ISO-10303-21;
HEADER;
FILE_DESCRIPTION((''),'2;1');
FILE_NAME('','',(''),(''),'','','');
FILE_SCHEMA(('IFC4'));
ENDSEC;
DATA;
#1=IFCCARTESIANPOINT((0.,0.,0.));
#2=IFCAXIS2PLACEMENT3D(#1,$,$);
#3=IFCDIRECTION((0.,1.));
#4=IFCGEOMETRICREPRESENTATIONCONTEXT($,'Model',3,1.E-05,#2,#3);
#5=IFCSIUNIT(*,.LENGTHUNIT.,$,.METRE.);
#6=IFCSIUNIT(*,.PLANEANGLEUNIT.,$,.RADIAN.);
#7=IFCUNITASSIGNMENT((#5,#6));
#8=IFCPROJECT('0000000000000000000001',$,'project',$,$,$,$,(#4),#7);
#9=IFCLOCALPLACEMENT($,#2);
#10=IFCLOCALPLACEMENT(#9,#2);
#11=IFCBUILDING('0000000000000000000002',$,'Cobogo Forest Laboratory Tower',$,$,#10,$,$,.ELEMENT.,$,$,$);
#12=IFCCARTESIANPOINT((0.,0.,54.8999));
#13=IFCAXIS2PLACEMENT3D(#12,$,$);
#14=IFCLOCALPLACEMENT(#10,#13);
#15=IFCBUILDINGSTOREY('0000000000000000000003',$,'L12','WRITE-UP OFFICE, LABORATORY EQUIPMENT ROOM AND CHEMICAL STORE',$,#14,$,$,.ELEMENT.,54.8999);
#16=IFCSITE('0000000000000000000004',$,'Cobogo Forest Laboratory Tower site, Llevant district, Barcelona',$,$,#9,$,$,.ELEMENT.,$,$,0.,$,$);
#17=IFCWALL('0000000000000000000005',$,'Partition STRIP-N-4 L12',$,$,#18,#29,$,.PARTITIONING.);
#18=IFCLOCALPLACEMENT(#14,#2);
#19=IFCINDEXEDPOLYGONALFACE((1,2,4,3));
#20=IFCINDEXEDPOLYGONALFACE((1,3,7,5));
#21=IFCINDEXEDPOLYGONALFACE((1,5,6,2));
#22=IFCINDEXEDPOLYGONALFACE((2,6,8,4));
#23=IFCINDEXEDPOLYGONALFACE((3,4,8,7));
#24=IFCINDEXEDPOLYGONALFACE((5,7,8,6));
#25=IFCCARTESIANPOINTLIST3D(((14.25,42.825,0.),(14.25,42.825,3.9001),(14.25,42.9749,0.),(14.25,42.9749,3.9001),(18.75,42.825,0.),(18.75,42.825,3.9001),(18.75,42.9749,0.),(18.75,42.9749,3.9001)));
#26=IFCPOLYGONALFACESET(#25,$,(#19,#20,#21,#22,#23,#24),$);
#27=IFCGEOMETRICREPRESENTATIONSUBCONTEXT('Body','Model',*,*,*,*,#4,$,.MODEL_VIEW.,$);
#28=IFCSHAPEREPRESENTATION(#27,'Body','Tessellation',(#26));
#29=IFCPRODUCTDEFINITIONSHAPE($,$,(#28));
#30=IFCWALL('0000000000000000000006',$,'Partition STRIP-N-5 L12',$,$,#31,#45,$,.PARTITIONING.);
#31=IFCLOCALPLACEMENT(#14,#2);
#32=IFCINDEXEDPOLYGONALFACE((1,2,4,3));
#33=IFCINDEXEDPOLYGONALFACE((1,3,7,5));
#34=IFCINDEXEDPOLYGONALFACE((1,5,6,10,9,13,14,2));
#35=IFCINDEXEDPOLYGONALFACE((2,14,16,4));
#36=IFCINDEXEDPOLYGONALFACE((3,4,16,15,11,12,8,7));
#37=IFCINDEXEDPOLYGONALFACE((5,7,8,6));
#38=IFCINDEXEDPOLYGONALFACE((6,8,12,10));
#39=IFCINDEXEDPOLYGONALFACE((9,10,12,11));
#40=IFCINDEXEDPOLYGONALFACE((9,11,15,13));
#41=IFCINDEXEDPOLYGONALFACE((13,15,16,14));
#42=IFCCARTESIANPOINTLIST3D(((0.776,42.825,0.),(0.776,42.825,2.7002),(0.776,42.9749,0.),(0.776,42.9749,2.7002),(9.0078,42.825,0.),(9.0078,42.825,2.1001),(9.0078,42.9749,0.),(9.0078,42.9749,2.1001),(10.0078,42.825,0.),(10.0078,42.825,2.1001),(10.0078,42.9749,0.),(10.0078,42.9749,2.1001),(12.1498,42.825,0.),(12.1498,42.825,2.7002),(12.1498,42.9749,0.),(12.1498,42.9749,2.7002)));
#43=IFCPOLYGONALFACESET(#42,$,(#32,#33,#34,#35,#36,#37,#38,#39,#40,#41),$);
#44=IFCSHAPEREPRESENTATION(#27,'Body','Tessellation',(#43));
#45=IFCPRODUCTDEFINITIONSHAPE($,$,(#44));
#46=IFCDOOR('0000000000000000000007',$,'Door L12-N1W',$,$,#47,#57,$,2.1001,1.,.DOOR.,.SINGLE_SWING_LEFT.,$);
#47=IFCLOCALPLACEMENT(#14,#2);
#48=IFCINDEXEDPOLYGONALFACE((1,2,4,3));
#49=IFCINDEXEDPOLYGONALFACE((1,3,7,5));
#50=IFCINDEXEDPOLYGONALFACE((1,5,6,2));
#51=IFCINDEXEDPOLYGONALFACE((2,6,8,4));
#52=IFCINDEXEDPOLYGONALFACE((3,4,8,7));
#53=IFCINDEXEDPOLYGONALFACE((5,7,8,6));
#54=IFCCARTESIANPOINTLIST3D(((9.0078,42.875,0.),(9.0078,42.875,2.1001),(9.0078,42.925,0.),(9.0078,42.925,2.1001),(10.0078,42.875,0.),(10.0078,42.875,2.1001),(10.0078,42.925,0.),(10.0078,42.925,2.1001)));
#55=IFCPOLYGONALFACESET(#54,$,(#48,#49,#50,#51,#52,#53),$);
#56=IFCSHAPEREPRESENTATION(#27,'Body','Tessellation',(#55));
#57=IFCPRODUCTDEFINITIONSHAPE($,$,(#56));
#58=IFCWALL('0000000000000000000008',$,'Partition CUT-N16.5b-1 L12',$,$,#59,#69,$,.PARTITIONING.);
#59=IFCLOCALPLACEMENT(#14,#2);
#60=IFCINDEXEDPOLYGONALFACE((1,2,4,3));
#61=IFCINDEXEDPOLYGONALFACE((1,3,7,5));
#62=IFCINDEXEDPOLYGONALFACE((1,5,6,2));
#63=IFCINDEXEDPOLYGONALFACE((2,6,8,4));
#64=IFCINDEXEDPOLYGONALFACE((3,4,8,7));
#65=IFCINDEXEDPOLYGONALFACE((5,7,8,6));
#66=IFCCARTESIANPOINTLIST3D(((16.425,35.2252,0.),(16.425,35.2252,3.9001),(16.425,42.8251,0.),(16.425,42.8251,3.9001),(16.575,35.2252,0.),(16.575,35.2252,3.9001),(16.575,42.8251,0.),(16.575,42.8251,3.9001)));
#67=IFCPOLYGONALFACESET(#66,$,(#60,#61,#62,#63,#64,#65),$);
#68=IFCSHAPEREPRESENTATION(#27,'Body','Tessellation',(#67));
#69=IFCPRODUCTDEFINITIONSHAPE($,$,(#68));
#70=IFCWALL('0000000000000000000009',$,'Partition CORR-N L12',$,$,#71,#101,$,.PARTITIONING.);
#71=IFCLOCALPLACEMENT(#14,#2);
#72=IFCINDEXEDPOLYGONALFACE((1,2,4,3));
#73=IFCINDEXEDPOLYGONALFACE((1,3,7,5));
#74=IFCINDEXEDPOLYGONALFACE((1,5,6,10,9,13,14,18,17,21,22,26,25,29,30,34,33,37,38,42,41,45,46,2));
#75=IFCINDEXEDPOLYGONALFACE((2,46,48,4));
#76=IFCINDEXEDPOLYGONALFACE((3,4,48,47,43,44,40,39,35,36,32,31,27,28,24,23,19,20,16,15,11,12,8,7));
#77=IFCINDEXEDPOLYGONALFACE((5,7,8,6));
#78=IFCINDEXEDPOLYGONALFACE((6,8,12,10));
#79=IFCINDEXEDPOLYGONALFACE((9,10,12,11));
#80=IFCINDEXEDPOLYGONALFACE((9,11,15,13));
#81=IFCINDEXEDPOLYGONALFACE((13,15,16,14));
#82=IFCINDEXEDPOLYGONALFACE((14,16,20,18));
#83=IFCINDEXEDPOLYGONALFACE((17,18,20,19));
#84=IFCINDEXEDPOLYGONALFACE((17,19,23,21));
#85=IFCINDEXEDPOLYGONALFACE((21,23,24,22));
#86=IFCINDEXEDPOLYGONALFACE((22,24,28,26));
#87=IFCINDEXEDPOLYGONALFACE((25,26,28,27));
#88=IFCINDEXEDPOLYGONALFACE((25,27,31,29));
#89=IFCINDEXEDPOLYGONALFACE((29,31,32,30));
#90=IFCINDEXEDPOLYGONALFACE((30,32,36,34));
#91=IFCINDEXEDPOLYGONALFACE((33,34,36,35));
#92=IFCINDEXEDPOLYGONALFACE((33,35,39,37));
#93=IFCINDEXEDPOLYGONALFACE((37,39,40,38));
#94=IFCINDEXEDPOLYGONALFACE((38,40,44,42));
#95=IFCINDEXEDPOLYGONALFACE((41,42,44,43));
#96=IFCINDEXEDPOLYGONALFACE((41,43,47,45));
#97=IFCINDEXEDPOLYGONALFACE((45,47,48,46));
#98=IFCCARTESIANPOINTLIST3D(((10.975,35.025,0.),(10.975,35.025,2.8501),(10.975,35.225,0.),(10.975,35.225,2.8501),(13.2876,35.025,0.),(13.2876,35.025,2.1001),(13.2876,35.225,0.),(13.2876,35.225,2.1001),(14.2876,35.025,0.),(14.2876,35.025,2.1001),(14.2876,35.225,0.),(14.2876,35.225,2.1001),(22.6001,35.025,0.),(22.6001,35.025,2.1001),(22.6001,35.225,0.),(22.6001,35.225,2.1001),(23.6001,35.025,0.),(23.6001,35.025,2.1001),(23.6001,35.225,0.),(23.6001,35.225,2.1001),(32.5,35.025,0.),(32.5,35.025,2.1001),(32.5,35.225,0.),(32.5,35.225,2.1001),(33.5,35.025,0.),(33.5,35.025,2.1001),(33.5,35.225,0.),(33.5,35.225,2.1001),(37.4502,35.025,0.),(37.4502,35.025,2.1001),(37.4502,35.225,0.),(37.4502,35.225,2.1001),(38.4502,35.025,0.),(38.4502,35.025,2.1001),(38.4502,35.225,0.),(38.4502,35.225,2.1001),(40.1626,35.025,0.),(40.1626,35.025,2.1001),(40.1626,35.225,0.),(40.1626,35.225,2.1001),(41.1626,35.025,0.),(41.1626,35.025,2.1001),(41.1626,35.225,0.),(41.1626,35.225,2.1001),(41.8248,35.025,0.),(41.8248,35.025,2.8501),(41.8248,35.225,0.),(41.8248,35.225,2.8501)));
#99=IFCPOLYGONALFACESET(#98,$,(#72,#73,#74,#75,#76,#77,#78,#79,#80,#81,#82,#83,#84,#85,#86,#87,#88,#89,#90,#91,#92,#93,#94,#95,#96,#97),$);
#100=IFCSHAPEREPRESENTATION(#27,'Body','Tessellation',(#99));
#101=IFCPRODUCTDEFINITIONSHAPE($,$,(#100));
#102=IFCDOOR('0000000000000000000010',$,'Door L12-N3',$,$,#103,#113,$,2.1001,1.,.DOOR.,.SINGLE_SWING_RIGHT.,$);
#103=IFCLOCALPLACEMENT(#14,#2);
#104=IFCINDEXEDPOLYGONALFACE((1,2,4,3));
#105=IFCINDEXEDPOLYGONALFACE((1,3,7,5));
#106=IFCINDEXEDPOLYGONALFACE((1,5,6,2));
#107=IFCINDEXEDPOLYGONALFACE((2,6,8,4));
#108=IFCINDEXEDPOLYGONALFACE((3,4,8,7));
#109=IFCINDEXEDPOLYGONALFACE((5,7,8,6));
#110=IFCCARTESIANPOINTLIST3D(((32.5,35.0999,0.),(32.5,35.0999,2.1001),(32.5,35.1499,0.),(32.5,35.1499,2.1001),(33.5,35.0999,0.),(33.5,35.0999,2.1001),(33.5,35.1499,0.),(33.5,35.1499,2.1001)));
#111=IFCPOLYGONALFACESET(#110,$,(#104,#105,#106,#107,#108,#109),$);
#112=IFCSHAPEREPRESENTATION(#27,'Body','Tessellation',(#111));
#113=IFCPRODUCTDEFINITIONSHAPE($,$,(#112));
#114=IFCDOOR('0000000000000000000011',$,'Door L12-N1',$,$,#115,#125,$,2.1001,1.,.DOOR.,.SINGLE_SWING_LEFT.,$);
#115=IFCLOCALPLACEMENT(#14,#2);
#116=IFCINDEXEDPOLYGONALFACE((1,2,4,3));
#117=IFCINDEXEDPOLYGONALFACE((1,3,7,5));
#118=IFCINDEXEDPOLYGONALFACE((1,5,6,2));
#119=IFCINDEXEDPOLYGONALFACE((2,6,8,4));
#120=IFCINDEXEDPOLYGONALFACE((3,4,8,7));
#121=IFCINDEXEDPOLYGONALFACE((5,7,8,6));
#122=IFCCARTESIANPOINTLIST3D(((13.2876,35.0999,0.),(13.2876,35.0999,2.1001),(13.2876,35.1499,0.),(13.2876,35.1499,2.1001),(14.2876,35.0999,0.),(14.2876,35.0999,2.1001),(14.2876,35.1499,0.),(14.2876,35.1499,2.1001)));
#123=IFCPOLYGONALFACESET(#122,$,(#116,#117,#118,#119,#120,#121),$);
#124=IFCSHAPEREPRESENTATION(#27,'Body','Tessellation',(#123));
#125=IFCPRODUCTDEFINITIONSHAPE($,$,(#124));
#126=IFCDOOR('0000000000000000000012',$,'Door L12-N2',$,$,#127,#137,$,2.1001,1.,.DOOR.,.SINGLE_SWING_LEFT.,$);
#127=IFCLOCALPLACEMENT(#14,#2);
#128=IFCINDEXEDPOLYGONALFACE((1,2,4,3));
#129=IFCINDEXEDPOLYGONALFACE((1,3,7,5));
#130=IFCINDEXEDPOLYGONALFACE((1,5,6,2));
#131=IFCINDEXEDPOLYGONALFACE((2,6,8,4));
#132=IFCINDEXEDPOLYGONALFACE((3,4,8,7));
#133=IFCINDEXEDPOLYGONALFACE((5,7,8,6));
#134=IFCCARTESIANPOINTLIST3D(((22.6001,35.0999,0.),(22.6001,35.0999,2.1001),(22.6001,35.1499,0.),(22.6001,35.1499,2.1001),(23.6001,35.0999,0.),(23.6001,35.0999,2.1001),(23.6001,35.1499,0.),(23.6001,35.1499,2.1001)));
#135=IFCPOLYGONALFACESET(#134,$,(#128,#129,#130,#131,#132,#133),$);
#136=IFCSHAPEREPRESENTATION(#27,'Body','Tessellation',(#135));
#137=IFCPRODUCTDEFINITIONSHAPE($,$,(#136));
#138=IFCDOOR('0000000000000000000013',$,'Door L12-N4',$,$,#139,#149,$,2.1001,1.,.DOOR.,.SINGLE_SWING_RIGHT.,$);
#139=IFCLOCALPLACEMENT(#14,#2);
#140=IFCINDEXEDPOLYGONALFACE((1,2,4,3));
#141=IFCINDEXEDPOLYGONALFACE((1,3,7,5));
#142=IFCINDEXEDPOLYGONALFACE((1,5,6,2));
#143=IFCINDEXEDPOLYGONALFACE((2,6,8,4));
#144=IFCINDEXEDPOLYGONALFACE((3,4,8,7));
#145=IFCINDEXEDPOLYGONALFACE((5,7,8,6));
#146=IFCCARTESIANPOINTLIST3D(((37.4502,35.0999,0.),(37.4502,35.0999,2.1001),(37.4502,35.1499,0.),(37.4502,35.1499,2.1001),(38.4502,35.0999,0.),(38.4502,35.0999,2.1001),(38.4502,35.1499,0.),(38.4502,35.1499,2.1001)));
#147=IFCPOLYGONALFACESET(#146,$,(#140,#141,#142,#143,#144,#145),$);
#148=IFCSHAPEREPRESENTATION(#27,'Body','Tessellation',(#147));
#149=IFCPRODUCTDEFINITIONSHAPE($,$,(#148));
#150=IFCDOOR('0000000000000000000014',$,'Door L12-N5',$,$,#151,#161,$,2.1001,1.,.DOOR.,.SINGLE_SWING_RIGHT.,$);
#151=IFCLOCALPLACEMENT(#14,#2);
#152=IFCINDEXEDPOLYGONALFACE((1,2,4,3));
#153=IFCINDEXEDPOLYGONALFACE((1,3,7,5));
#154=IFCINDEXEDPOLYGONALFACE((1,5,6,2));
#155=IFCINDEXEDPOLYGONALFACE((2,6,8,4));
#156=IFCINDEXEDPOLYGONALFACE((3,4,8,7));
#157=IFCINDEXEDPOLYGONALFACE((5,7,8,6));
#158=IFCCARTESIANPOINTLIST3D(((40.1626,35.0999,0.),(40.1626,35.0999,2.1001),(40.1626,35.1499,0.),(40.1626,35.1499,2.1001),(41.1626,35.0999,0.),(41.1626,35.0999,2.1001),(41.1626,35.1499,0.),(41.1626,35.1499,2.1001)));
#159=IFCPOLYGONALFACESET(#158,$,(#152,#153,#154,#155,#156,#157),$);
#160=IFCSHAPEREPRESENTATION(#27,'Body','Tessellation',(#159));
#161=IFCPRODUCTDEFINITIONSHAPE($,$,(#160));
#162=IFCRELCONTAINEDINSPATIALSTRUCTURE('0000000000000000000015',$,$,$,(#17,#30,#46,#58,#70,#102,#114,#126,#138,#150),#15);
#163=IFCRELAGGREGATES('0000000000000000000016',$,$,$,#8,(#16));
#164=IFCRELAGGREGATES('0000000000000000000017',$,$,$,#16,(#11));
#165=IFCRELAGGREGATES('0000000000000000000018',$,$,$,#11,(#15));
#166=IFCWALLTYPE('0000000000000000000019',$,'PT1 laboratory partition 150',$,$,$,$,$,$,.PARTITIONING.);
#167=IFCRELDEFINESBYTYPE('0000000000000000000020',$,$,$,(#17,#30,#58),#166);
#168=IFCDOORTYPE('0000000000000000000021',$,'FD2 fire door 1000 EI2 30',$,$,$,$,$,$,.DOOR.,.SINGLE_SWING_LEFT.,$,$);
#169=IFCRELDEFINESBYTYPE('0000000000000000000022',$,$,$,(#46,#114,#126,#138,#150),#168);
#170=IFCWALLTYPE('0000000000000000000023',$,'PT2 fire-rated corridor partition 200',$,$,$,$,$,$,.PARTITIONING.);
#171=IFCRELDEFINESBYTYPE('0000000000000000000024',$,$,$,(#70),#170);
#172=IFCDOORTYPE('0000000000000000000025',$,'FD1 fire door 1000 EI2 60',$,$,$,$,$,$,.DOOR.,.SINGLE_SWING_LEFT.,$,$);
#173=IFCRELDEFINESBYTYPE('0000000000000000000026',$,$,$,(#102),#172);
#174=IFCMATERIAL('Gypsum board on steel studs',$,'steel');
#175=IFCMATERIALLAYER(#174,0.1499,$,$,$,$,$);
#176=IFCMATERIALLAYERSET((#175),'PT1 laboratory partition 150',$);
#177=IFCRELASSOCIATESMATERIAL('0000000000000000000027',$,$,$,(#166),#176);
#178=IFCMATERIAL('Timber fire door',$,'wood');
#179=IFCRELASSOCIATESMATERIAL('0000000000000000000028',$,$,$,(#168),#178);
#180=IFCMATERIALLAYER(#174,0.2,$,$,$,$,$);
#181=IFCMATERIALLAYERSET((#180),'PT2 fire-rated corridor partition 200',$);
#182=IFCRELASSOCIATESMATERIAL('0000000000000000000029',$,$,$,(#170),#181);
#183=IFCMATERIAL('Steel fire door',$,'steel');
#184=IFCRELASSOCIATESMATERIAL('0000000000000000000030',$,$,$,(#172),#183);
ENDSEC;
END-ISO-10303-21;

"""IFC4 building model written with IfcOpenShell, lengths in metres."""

from ifc_helpers import new_model, si_unit, direction, frame, frame_2d, origin, place, context, subcontext, project, spatial, rectangle, extrude, material, layer, layer_set, type_object, element, fill, save


model = new_model("IFC4")

# Units and contexts
model_context = context("Model", 3, precision=1e-05, world=origin(), true_north=direction((0.0, 1.0)))
body_context = subcontext(model_context, "Body", "Model", "MODEL_VIEW")
ifc_project = project(units=[si_unit("LENGTHUNIT", "METRE"), si_unit("PLANEANGLEUNIT", "RADIAN")], contexts=[model_context])

# Site, building, storey
site_placement = place(None, origin())
site = spatial("IfcSite", under=ifc_project, at=site_placement, Name="Cobogo Forest Laboratory Tower site, Llevant district, Barcelona", CompositionType="ELEMENT", RefElevation=0.0)
building_placement = place(site_placement, origin())
building = spatial("IfcBuilding", under=site, at=building_placement, Name="Cobogo Forest Laboratory Tower", CompositionType="ELEMENT")
storey_placement = place(building_placement, frame((0.0, 0.0, 54.8999)))
storey = spatial("IfcBuildingStorey", under=building, at=storey_placement, Name="L12", Description="WRITE-UP OFFICE, LABORATORY EQUIPMENT ROOM AND CHEMICAL STORE", CompositionType="ELEMENT", Elevation=54.8999)

# Wall
ifc_material_1 = material(Name="Gypsum board on steel studs", Category="steel")
ifc_layer_1 = layer(ifc_material_1, 0.1499)
ifc_layer_set_1 = layer_set([ifc_layer_1], Name="PT1 laboratory partition 150")
wall_type_1 = type_object("IfcWallType", Name="PT1 laboratory partition 150", PredefinedType="PARTITIONING", material=ifc_layer_set_1)
wall_1_placement = place(storey_placement, frame((18.75, 42.8999, 0.0), z_axis=(0.0, 0.0, 1.0), x_axis=(-1.0, 0.0, 0.0)))
element("IfcWall", 1, at=wall_1_placement, inside=storey, type_object=wall_type_1, Name="Partition STRIP-N-4 L12", PredefinedType="PARTITIONING", context=body_context, shape_type="SweptSolid", body=[
    extrude(rectangle(XDim=4.5, YDim=0.1499, at=frame_2d((2.25, 0.0))), origin(), (0.0, 0.0, 1.0), 3.9001),
])

# Wall, opening, door
wall_2_placement = place(storey_placement, frame((12.1499, 42.8999, 0.0), z_axis=(0.0, 0.0, 1.0), x_axis=(-1.0, 0.0, 0.0)))
wall_2 = element("IfcWall", 2, at=wall_2_placement, inside=storey, type_object=wall_type_1, Name="Partition STRIP-N-5 L12", PredefinedType="PARTITIONING", context=body_context, shape_type="SweptSolid", body=[
    extrude(rectangle(XDim=11.3738, YDim=0.1499, at=frame_2d((5.687, 0.0))), origin(), (0.0, 0.0, 1.0), 2.7002),
])
opening_1_placement = place(wall_2_placement, frame((2.1421, 0.0, 0.0)))
opening_1 = element("IfcOpeningElement", 3, at=opening_1_placement, cuts=wall_2, PredefinedType="OPENING", context=body_context, shape_type="SweptSolid", body=[
    extrude(rectangle(XDim=1.0, YDim=2.1001, at=frame_2d((0.5, 1.05))), frame((0.0, 0.085, 0.0), z_axis=(0.0, -1.0, 0.0), x_axis=(1.0, 0.0, 0.0)), (0.0, 0.0, 1.0), 0.1699),
])
ifc_material_2 = material(Name="Timber fire door", Category="wood")
door_type_1 = type_object("IfcDoorType", Name="FD2 fire door 1000 EI2 30", OperationType="SINGLE_SWING_LEFT", PredefinedType="DOOR", material=ifc_material_2)
door_1_placement = place(opening_1_placement, origin())
door_1 = element("IfcDoor", 4, at=door_1_placement, inside=storey, type_object=door_type_1, Name="Door L12-N1W", OperationType="SINGLE_SWING_LEFT", OverallHeight=2.1001, OverallWidth=1.0, PredefinedType="DOOR", context=body_context, shape_type="SweptSolid", body=[
    extrude(rectangle(XDim=1.0, YDim=2.1001, at=frame_2d((0.5, 1.05))), frame((0.0, 0.0249, 0.0), z_axis=(0.0, -1.0, 0.0), x_axis=(1.0, 0.0, 0.0)), (0.0, 0.0, 1.0), 0.05),
])
fill(opening_1, door_1)

# Wall
wall_3_placement = place(storey_placement, frame((16.5, 42.825, 0.0), z_axis=(0.0, 0.0, 1.0), x_axis=(0.0, -1.0, 0.0)))
element("IfcWall", 5, at=wall_3_placement, inside=storey, type_object=wall_type_1, Name="Partition CUT-N16.5b-1 L12", PredefinedType="PARTITIONING", context=body_context, shape_type="SweptSolid", body=[
    extrude(rectangle(XDim=7.5999, YDim=0.1499, at=frame_2d((3.7998, 0.0))), origin(), (0.0, 0.0, 1.0), 3.9001),
])

# Wall, openings, doors
ifc_layer_2 = layer(ifc_material_1, 0.2)
ifc_layer_set_2 = layer_set([ifc_layer_2], Name="PT2 fire-rated corridor partition 200")
wall_type_2 = type_object("IfcWallType", Name="PT2 fire-rated corridor partition 200", PredefinedType="PARTITIONING", material=ifc_layer_set_2)
wall_4_placement = place(storey_placement, frame((10.9751, 35.125, 0.0), z_axis=(0.0, 0.0, 1.0), x_axis=(1.0, 0.0, 0.0)))
wall_4 = element("IfcWall", 6, at=wall_4_placement, inside=storey, type_object=wall_type_2, Name="Partition CORR-N L12", PredefinedType="PARTITIONING", context=body_context, shape_type="SweptSolid", body=[
    extrude(rectangle(XDim=30.8499, YDim=0.2, at=frame_2d((15.4248, 0.0))), origin(), (0.0, 0.0, 1.0), 2.8501),
])
opening_2_placement = place(wall_4_placement, frame((2.3125, 0.0, 0.0)))
opening_2 = element("IfcOpeningElement", 7, at=opening_2_placement, cuts=wall_4, PredefinedType="OPENING", context=body_context, shape_type="SweptSolid", body=[
    extrude(rectangle(XDim=1.0, YDim=2.1001, at=frame_2d((0.5, 1.05))), frame((0.0, 0.1099, 0.0), z_axis=(0.0, -1.0, 0.0), x_axis=(1.0, 0.0, 0.0)), (0.0, 0.0, 1.0), 0.22),
])
opening_3_placement = place(wall_4_placement, frame((11.625, 0.0, 0.0)))
opening_3 = element("IfcOpeningElement", 8, at=opening_3_placement, cuts=wall_4, PredefinedType="OPENING", context=body_context, shape_type="SweptSolid", body=[
    extrude(rectangle(XDim=1.0, YDim=2.1001, at=frame_2d((0.5, 1.05))), frame((0.0, 0.1099, 0.0), z_axis=(0.0, -1.0, 0.0), x_axis=(1.0, 0.0, 0.0)), (0.0, 0.0, 1.0), 0.22),
])
opening_4_placement = place(wall_4_placement, frame((21.5249, 0.0, 0.0)))
opening_4 = element("IfcOpeningElement", 9, at=opening_4_placement, cuts=wall_4, PredefinedType="OPENING", context=body_context, shape_type="SweptSolid", body=[
    extrude(rectangle(XDim=1.0, YDim=2.1001, at=frame_2d((0.5, 1.05))), frame((0.0, 0.1099, 0.0), z_axis=(0.0, -1.0, 0.0), x_axis=(1.0, 0.0, 0.0)), (0.0, 0.0, 1.0), 0.22),
])
opening_5_placement = place(wall_4_placement, frame((26.4751, 0.0, 0.0)))
opening_5 = element("IfcOpeningElement", 10, at=opening_5_placement, cuts=wall_4, PredefinedType="OPENING", context=body_context, shape_type="SweptSolid", body=[
    extrude(rectangle(XDim=1.0, YDim=2.1001, at=frame_2d((0.5, 1.05))), frame((0.0, 0.1099, 0.0), z_axis=(0.0, -1.0, 0.0), x_axis=(1.0, 0.0, 0.0)), (0.0, 0.0, 1.0), 0.22),
])
opening_6_placement = place(wall_4_placement, frame((29.1875, 0.0, 0.0)))
opening_6 = element("IfcOpeningElement", 11, at=opening_6_placement, cuts=wall_4, PredefinedType="OPENING", context=body_context, shape_type="SweptSolid", body=[
    extrude(rectangle(XDim=1.0, YDim=2.1001, at=frame_2d((0.5, 1.05))), frame((0.0, 0.1099, 0.0), z_axis=(0.0, -1.0, 0.0), x_axis=(1.0, 0.0, 0.0)), (0.0, 0.0, 1.0), 0.22),
])
ifc_material_3 = material(Name="Steel fire door", Category="steel")
door_type_2 = type_object("IfcDoorType", Name="FD1 fire door 1000 EI2 60", OperationType="SINGLE_SWING_LEFT", PredefinedType="DOOR", material=ifc_material_3)
door_2_placement = place(opening_4_placement, origin())
door_2 = element("IfcDoor", 12, at=door_2_placement, inside=storey, type_object=door_type_2, Name="Door L12-N3", OperationType="SINGLE_SWING_RIGHT", OverallHeight=2.1001, OverallWidth=1.0, PredefinedType="DOOR", context=body_context, shape_type="SweptSolid", body=[
    extrude(rectangle(XDim=1.0, YDim=2.1001, at=frame_2d((0.5, 1.05))), frame((0.0, 0.0249, 0.0), z_axis=(0.0, -1.0, 0.0), x_axis=(1.0, 0.0, 0.0)), (0.0, 0.0, 1.0), 0.05),
])
fill(opening_4, door_2)
door_3_placement = place(opening_2_placement, origin())
door_3 = element("IfcDoor", 13, at=door_3_placement, inside=storey, type_object=door_type_1, Name="Door L12-N1", OperationType="SINGLE_SWING_LEFT", OverallHeight=2.1001, OverallWidth=1.0, PredefinedType="DOOR", context=body_context, shape_type="SweptSolid", body=[
    extrude(rectangle(XDim=1.0, YDim=2.1001, at=frame_2d((0.5, 1.05))), frame((0.0, 0.0249, 0.0), z_axis=(0.0, -1.0, 0.0), x_axis=(1.0, 0.0, 0.0)), (0.0, 0.0, 1.0), 0.05),
])
fill(opening_2, door_3)
door_4_placement = place(opening_3_placement, origin())
door_4 = element("IfcDoor", 14, at=door_4_placement, inside=storey, type_object=door_type_1, Name="Door L12-N2", OperationType="SINGLE_SWING_LEFT", OverallHeight=2.1001, OverallWidth=1.0, PredefinedType="DOOR", context=body_context, shape_type="SweptSolid", body=[
    extrude(rectangle(XDim=1.0, YDim=2.1001, at=frame_2d((0.5, 1.05))), frame((0.0, 0.0249, 0.0), z_axis=(0.0, -1.0, 0.0), x_axis=(1.0, 0.0, 0.0)), (0.0, 0.0, 1.0), 0.05),
])
fill(opening_3, door_4)
door_5_placement = place(opening_5_placement, origin())
door_5 = element("IfcDoor", 15, at=door_5_placement, inside=storey, type_object=door_type_1, Name="Door L12-N4", OperationType="SINGLE_SWING_RIGHT", OverallHeight=2.1001, OverallWidth=1.0, PredefinedType="DOOR", context=body_context, shape_type="SweptSolid", body=[
    extrude(rectangle(XDim=1.0, YDim=2.1001, at=frame_2d((0.5, 1.05))), frame((0.0, 0.0249, 0.0), z_axis=(0.0, -1.0, 0.0), x_axis=(1.0, 0.0, 0.0)), (0.0, 0.0, 1.0), 0.05),
])
fill(opening_5, door_5)
door_6_placement = place(opening_6_placement, origin())
door_6 = element("IfcDoor", 16, at=door_6_placement, inside=storey, type_object=door_type_1, Name="Door L12-N5", OperationType="SINGLE_SWING_RIGHT", OverallHeight=2.1001, OverallWidth=1.0, PredefinedType="DOOR", context=body_context, shape_type="SweptSolid", body=[
    extrude(rectangle(XDim=1.0, YDim=2.1001, at=frame_2d((0.5, 1.05))), frame((0.0, 0.0249, 0.0), z_axis=(0.0, -1.0, 0.0), x_axis=(1.0, 0.0, 0.0)), (0.0, 0.0, 1.0), 0.05),
])
fill(opening_6, door_6)

save(model, "model.ifc")
